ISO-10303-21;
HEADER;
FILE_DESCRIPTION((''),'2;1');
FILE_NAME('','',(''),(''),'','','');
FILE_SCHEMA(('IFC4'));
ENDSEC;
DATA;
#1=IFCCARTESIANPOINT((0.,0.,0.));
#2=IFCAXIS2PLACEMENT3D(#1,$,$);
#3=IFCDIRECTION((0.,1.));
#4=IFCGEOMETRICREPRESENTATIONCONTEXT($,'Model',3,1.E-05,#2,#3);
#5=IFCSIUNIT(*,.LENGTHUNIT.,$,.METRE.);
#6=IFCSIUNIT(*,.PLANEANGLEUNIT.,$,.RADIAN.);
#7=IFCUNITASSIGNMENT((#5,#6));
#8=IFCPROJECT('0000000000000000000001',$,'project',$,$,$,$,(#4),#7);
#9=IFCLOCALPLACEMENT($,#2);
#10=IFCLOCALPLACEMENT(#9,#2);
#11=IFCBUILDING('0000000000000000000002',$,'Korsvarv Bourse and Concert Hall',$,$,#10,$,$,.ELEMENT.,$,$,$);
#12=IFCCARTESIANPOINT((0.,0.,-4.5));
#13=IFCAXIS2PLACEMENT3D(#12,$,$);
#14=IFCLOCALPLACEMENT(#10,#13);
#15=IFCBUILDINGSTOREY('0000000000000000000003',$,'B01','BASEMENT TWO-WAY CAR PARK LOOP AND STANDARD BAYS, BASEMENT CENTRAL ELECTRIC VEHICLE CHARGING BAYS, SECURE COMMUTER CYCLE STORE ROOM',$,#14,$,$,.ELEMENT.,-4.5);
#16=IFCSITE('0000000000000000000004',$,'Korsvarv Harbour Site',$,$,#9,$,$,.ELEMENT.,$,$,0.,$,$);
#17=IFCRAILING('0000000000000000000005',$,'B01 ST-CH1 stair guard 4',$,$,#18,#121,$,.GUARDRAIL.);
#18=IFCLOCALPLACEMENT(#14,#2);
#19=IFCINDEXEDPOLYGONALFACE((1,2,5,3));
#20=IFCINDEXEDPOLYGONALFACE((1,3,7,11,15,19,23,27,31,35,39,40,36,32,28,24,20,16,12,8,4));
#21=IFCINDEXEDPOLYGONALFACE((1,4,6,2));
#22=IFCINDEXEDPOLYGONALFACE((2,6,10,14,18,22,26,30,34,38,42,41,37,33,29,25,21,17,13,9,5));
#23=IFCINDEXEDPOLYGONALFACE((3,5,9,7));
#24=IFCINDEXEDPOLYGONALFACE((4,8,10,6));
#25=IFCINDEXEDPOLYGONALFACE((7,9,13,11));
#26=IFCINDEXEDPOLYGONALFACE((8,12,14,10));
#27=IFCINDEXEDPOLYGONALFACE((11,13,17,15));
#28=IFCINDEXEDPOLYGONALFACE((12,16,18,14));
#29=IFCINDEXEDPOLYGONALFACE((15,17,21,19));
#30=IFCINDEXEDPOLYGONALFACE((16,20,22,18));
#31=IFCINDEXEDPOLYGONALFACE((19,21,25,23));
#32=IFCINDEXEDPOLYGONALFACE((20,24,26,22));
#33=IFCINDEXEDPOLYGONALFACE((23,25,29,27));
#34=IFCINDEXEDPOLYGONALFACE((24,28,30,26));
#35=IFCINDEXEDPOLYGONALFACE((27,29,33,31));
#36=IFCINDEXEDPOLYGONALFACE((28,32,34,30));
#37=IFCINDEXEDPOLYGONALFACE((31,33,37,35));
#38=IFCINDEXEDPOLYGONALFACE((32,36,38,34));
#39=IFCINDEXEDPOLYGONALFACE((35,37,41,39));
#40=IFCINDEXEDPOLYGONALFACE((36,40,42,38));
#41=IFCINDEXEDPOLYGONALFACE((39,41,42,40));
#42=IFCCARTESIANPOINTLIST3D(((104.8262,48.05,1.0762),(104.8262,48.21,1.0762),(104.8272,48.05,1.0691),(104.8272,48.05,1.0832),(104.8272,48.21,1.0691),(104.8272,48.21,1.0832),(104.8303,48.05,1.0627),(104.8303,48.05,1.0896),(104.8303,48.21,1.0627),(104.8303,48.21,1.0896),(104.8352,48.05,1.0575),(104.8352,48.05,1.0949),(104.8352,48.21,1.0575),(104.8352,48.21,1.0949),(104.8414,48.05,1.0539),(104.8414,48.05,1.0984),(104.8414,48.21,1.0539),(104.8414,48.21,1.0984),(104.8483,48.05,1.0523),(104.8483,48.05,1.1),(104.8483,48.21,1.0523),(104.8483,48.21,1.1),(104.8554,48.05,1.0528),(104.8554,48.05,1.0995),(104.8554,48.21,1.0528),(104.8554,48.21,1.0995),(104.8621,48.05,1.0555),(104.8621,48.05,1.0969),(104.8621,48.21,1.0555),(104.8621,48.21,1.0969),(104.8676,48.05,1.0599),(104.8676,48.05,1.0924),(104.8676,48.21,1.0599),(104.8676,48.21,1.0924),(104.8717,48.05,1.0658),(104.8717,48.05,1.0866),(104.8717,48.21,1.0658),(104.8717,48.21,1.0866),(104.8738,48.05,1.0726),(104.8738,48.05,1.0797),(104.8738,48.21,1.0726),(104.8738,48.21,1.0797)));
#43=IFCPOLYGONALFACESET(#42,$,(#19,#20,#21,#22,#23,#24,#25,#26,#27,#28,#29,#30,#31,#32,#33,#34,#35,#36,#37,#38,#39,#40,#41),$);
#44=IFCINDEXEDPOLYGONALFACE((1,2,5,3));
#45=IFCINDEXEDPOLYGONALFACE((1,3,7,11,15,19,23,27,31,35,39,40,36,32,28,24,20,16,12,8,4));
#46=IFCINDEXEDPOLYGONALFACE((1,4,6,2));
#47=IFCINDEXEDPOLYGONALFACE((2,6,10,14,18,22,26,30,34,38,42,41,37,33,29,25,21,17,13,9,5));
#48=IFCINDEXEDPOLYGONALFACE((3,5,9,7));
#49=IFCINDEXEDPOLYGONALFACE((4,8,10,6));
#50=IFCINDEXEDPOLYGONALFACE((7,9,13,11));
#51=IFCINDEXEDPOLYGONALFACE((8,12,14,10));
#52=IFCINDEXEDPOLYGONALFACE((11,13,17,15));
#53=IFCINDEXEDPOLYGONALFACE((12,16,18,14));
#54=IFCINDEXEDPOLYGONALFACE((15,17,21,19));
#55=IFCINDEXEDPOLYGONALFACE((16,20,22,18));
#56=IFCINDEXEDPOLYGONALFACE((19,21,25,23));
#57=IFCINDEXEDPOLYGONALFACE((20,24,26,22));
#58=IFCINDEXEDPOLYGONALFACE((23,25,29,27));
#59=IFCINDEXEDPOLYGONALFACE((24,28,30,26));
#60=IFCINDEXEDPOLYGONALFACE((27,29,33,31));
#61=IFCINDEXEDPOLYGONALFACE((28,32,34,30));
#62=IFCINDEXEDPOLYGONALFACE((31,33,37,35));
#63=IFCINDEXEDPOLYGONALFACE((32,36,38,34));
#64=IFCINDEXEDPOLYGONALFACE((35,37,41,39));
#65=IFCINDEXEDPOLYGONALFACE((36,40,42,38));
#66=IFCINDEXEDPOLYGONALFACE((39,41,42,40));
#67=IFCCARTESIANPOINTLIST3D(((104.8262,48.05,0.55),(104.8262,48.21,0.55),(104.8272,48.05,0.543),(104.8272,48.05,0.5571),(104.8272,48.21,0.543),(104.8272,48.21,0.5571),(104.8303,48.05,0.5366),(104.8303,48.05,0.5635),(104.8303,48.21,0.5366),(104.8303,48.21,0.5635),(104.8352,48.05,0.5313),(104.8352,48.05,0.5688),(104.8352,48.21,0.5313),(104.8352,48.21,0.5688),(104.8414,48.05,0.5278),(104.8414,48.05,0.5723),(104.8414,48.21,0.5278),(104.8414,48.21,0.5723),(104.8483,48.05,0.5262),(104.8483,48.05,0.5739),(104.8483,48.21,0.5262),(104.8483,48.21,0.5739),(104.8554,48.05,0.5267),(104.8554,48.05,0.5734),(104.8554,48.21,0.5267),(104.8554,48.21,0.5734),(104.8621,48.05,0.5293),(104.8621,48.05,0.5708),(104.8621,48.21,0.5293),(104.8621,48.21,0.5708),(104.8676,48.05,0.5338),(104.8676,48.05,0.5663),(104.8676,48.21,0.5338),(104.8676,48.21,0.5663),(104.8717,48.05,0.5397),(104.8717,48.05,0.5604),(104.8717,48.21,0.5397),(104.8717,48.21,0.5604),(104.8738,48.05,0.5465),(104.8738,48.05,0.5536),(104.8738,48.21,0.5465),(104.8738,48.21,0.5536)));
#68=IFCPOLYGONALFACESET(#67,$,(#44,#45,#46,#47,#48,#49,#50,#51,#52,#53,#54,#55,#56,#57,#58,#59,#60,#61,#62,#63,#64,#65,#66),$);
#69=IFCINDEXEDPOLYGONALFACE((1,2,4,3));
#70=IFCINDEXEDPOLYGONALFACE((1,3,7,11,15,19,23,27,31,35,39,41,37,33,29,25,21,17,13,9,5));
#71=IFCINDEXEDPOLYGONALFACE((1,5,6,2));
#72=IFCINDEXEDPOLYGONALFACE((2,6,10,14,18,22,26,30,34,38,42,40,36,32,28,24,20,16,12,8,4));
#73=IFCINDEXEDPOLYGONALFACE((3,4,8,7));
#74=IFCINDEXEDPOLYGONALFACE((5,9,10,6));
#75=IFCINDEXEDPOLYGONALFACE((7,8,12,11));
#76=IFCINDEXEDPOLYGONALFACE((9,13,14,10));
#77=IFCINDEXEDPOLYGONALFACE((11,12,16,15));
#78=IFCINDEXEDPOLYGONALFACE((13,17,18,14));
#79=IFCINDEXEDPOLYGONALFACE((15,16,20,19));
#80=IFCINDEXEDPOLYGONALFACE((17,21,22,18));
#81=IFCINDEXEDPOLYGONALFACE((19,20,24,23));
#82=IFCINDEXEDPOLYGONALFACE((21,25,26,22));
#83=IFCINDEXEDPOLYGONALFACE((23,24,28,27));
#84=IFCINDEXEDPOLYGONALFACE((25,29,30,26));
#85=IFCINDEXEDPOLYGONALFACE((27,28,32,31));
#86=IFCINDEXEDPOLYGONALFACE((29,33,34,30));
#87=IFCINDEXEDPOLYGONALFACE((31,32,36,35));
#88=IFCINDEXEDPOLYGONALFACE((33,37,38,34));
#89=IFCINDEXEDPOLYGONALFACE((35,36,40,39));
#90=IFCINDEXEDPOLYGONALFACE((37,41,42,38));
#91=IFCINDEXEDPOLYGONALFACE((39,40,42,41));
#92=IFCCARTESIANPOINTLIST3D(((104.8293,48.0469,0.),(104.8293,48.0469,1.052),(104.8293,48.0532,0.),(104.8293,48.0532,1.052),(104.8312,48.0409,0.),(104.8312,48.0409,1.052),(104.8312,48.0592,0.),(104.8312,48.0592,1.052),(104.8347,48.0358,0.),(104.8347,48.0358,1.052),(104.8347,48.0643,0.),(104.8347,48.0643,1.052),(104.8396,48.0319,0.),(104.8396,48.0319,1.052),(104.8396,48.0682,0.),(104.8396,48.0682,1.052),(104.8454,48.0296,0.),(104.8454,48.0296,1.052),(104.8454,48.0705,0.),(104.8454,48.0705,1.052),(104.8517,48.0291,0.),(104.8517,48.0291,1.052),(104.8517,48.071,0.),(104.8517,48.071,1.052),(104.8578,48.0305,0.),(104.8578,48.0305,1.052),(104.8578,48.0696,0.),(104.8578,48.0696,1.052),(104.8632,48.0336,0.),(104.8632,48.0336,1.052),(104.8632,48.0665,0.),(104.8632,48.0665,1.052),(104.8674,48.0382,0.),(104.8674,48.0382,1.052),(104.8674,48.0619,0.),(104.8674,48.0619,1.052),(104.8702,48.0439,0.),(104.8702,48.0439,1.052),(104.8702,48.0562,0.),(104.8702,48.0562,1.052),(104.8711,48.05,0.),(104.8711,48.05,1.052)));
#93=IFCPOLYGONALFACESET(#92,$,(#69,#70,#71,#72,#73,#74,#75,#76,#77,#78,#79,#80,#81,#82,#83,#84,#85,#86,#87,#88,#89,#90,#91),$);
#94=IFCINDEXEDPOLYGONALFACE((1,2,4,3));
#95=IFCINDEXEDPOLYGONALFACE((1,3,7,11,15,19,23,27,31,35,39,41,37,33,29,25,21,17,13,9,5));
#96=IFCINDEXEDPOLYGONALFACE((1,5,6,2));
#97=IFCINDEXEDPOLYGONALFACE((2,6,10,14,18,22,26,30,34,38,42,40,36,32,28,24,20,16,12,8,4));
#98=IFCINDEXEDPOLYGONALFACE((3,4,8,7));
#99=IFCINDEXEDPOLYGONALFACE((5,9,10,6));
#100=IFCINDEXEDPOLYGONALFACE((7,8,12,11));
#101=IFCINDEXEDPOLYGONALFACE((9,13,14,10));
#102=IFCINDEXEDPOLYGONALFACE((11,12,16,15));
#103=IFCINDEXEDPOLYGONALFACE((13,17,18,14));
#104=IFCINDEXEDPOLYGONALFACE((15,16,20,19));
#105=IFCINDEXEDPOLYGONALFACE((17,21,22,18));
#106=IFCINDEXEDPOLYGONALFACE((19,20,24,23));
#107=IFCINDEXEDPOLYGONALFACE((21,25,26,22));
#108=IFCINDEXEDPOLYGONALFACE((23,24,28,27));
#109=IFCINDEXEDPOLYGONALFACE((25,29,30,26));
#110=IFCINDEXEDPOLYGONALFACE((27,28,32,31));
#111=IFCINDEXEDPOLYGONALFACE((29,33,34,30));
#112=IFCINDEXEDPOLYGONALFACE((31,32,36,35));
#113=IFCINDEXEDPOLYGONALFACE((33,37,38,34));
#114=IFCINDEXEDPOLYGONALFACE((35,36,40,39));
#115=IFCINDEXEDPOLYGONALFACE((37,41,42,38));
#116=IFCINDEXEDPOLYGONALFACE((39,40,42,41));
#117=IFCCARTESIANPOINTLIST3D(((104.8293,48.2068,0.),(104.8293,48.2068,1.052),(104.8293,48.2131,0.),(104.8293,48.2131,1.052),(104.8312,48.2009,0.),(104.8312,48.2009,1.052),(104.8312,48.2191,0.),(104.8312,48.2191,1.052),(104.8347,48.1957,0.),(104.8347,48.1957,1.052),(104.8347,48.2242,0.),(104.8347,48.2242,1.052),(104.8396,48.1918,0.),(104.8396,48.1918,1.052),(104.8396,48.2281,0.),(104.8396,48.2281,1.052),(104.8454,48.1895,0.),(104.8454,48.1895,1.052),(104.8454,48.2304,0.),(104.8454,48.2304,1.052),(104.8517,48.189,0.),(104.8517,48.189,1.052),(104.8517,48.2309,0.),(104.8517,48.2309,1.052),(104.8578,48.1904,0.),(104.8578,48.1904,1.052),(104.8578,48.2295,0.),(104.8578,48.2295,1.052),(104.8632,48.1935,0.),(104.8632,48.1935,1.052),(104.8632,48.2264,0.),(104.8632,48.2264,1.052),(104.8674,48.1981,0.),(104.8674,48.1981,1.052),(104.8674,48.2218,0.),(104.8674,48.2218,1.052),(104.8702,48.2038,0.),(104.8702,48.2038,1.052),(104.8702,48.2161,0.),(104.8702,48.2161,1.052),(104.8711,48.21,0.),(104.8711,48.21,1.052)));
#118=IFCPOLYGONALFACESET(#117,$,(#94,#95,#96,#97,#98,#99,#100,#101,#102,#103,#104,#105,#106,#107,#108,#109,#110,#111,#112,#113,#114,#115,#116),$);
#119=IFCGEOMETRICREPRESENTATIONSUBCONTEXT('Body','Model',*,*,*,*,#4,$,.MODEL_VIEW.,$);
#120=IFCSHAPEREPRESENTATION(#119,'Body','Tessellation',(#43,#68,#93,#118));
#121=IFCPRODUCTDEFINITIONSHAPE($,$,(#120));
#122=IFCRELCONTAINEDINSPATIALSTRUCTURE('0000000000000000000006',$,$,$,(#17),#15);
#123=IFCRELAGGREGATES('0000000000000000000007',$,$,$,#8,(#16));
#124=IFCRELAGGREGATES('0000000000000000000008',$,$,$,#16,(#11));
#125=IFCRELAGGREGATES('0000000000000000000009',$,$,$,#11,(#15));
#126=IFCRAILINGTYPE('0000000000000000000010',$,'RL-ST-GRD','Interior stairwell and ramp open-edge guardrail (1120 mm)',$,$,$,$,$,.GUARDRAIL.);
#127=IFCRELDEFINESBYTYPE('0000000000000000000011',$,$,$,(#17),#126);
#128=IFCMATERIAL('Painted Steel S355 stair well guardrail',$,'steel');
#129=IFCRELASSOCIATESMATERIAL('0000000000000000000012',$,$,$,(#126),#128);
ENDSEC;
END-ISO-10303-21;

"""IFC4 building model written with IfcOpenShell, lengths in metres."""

from ifc_helpers import new_model, si_unit, direction, frame, origin, origin_2d, place, context, subcontext, project, spatial, circle, extrude, material, type_object, element, save


model = new_model("IFC4")

# Units and contexts
model_context = context("Model", 3, precision=1e-05, world=origin(), true_north=direction((0.0, 1.0)))
body_context = subcontext(model_context, "Body", "Model", "MODEL_VIEW")
ifc_project = project(units=[si_unit("LENGTHUNIT", "METRE"), si_unit("PLANEANGLEUNIT", "RADIAN")], contexts=[model_context])

# Site, building, storey
site_placement = place(None, origin())
site = spatial("IfcSite", under=ifc_project, at=site_placement, Name="Korsvarv Harbour Site", CompositionType="ELEMENT", RefElevation=0.0)
building_placement = place(site_placement, origin())
building = spatial("IfcBuilding", under=site, at=building_placement, Name="Korsvarv Bourse and Concert Hall", CompositionType="ELEMENT")
storey_placement = place(building_placement, frame((0.0, 0.0, -4.5)))
storey = spatial("IfcBuildingStorey", under=building, at=storey_placement, Name="B01", Description="BASEMENT TWO-WAY CAR PARK LOOP AND STANDARD BAYS, BASEMENT CENTRAL ELECTRIC VEHICLE CHARGING BAYS, SECURE COMMUTER CYCLE STORE ROOM", CompositionType="ELEMENT", Elevation=-4.5)

# Railing
ifc_material_1 = material(Name="Painted Steel S355 stair well guardrail", Category="steel")
railing_type_1 = type_object("IfcRailingType", Name="RL-ST-GRD", Description="Interior stairwell and ramp open-edge guardrail (1120 mm)", PredefinedType="GUARDRAIL", material=ifc_material_1)
railing_1_placement = place(storey_placement, frame((104.8501, 48.05, 0.0)))
element("IfcRailing", 1, at=railing_1_placement, inside=storey, type_object=railing_type_1, Name="B01 ST-CH1 stair guard 4", PredefinedType="GUARDRAIL", context=body_context, shape_type="SweptSolid", body=[
    extrude(circle(Radius=0.0239, at=origin_2d()), frame((0.0, 0.0, 1.0762), z_axis=(0.0, 1.0, 0.0), x_axis=(-1.0, 0.0, 0.0)), (0.0, 0.0, 1.0), 0.1599),
    extrude(circle(Radius=0.0239, at=origin_2d()), frame((0.0, 0.0, 0.55), z_axis=(0.0, 1.0, 0.0), x_axis=(-1.0, 0.0, 0.0)), (0.0, 0.0, 1.0), 0.1599),
    extrude(circle(Radius=0.021, at=origin_2d()), origin(), (0.0, 0.0, 1.0), 1.052),
    extrude(circle(Radius=0.021, at=origin_2d()), frame((0.0, 0.1599, 0.0)), (0.0, 0.0, 1.0), 1.052),
])

save(model, "model.ifc")
